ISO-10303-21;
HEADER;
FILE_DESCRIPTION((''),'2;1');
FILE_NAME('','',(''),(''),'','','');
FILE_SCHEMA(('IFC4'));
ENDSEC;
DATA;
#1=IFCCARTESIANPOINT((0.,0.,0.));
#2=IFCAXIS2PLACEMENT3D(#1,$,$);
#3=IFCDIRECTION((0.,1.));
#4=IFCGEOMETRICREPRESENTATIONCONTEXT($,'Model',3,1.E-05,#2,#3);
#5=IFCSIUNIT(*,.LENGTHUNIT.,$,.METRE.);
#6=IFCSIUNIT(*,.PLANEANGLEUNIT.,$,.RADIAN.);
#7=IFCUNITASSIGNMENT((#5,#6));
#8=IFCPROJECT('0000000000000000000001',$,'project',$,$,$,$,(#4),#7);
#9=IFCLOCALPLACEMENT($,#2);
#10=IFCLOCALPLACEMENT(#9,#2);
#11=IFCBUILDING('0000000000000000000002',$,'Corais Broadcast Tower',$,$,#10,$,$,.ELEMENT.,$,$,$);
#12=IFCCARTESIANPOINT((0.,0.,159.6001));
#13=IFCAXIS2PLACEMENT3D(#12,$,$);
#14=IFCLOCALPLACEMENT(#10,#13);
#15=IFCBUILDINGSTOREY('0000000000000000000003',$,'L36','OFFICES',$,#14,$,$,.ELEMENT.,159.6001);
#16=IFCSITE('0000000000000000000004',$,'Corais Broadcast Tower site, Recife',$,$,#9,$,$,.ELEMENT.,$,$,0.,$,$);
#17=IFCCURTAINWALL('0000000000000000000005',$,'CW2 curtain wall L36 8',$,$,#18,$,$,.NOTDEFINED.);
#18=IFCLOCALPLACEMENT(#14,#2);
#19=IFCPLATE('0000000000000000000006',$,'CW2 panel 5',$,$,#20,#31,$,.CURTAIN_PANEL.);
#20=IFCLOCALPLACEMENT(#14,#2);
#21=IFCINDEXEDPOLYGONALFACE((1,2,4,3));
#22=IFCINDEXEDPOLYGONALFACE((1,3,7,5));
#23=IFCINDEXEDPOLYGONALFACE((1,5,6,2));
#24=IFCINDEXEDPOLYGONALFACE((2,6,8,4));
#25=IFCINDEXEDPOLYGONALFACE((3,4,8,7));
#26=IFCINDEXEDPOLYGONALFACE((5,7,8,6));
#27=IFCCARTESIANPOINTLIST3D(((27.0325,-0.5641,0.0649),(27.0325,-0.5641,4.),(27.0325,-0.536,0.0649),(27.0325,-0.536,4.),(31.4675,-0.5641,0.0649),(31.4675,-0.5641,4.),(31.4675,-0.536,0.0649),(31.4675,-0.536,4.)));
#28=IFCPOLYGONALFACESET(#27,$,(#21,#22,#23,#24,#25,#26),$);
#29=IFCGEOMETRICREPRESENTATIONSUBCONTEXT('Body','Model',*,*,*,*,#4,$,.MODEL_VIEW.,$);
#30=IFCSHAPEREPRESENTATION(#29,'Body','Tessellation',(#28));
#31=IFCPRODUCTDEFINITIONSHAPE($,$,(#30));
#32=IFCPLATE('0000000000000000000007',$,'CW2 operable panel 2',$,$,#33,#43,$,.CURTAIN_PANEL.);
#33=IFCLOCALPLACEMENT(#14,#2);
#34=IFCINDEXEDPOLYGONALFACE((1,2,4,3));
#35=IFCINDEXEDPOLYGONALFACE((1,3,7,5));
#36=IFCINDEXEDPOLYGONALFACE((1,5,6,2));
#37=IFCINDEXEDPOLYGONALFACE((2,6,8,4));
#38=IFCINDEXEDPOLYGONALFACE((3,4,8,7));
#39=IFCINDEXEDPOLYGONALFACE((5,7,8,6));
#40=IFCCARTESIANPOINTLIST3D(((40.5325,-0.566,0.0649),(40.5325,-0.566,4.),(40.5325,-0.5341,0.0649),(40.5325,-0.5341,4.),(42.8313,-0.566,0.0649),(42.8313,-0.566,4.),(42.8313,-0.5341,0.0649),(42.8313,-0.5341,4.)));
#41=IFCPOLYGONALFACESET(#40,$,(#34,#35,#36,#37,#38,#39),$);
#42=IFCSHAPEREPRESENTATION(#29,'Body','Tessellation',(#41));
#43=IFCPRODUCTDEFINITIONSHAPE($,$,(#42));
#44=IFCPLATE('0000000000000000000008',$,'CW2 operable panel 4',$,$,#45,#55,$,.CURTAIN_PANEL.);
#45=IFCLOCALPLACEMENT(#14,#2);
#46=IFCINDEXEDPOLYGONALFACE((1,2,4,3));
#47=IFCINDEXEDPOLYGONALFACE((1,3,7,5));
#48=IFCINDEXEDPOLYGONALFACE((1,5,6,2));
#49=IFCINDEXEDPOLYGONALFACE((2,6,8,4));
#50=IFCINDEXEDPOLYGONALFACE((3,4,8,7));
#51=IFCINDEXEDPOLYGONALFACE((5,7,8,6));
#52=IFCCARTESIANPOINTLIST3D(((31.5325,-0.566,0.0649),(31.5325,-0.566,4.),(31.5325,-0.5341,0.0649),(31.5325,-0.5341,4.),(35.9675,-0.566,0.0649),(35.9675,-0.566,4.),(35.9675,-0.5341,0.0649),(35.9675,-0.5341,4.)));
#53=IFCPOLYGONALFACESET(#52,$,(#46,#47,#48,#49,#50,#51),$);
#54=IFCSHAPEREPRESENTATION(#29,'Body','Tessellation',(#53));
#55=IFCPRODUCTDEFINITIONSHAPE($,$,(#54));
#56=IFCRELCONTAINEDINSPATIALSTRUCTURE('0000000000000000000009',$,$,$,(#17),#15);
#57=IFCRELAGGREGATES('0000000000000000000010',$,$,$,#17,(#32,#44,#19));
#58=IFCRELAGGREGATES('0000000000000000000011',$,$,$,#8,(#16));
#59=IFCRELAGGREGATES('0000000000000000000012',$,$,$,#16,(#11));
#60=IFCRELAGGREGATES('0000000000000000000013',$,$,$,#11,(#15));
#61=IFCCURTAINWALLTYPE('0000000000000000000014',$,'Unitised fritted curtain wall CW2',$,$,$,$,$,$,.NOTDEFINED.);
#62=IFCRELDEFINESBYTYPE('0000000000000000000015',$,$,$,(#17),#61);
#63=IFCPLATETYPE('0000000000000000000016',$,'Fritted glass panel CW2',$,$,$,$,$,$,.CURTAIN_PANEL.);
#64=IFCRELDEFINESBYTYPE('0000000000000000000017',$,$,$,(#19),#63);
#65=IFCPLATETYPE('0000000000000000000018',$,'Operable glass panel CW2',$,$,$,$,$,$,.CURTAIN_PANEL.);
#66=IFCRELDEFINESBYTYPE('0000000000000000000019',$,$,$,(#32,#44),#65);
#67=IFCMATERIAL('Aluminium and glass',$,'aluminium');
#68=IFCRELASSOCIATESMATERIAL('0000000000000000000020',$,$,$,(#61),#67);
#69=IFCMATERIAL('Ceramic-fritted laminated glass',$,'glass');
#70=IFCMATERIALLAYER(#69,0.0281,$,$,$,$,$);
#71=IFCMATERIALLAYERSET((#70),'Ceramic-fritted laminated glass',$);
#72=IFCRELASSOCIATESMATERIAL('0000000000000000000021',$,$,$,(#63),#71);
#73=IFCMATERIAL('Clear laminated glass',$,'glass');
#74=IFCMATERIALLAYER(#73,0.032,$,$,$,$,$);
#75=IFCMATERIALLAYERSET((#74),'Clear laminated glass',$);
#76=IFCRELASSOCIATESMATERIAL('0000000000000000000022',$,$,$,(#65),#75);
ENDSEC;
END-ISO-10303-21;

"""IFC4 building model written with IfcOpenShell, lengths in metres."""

from ifc_helpers import new_model, si_unit, direction, frame, origin, origin_2d, place, context, subcontext, project, spatial, rectangle, extrude, material, layer, layer_set, type_object, element, aggregate, save


model = new_model("IFC4")

# Units and contexts
model_context = context("Model", 3, precision=1e-05, world=origin(), true_north=direction((0.0, 1.0)))
body_context = subcontext(model_context, "Body", "Model", "MODEL_VIEW")
ifc_project = project(units=[si_unit("LENGTHUNIT", "METRE"), si_unit("PLANEANGLEUNIT", "RADIAN")], contexts=[model_context])

# Site, building, storey
site_placement = place(None, origin())
site = spatial("IfcSite", under=ifc_project, at=site_placement, Name="Corais Broadcast Tower site, Recife", CompositionType="ELEMENT", RefElevation=0.0)
building_placement = place(site_placement, origin())
building = spatial("IfcBuilding", under=site, at=building_placement, Name="Corais Broadcast Tower", CompositionType="ELEMENT")
storey_placement = place(building_placement, frame((0.0, 0.0, 159.6001)))
storey = spatial("IfcBuildingStorey", under=building, at=storey_placement, Name="L36", Description="OFFICES", CompositionType="ELEMENT", Elevation=159.6001)

# Curtain wall
ifc_material_1 = material(Name="Aluminium and glass", Category="aluminium")
curtain_wall_type = type_object("IfcCurtainWallType", Name="Unitised fritted curtain wall CW2", PredefinedType="NOTDEFINED", material=ifc_material_1)
curtain_wall_placement = place(storey_placement, origin())
curtain_wall = element("IfcCurtainWall", 1, at=curtain_wall_placement, inside=storey, type_object=curtain_wall_type, Name="CW2 curtain wall L36 8", PredefinedType="NOTDEFINED")

# Plates
ifc_material_2 = material(Name="Ceramic-fritted laminated glass", Category="glass")
ifc_layer_1 = layer(ifc_material_2, 0.0281)
ifc_layer_set_1 = layer_set([ifc_layer_1], Name="Ceramic-fritted laminated glass")
plate_type_1 = type_object("IfcPlateType", Name="Fritted glass panel CW2", PredefinedType="CURTAIN_PANEL", material=ifc_layer_set_1)
plate_1_placement = place(storey_placement, frame((29.25, -0.55, 0.0649), z_axis=(0.0, 0.0, 1.0), x_axis=(-1.0, 0.0, 0.0)))
plate_1 = element("IfcPlate", 2, at=plate_1_placement, type_object=plate_type_1, Name="CW2 panel 5", PredefinedType="CURTAIN_PANEL", context=body_context, shape_type="SweptSolid", body=[
    extrude(rectangle(XDim=4.4351, YDim=0.0281, at=origin_2d()), origin(), (0.0, 0.0, 1.0), 3.9351),
])
ifc_material_3 = material(Name="Clear laminated glass", Category="glass")
ifc_layer_2 = layer(ifc_material_3, 0.032)
ifc_layer_set_2 = layer_set([ifc_layer_2], Name="Clear laminated glass")
plate_type_2 = type_object("IfcPlateType", Name="Operable glass panel CW2", PredefinedType="CURTAIN_PANEL", material=ifc_layer_set_2)
plate_2_placement = place(storey_placement, frame((41.6819, -0.55, 0.0649), z_axis=(0.0, 0.0, 1.0), x_axis=(-1.0, 0.0, 0.0)))
plate_2 = element("IfcPlate", 3, at=plate_2_placement, type_object=plate_type_2, Name="CW2 operable panel 2", PredefinedType="CURTAIN_PANEL", context=body_context, shape_type="SweptSolid", body=[
    extrude(rectangle(XDim=2.2988, YDim=0.032, at=origin_2d()), origin(), (0.0, 0.0, 1.0), 3.9351),
])
plate_3_placement = place(storey_placement, frame((33.75, -0.55, 0.0649), z_axis=(0.0, 0.0, 1.0), x_axis=(-1.0, 0.0, 0.0)))
plate_3 = element("IfcPlate", 4, at=plate_3_placement, type_object=plate_type_2, Name="CW2 operable panel 4", PredefinedType="CURTAIN_PANEL", context=body_context, shape_type="SweptSolid", body=[
    extrude(rectangle(XDim=4.4351, YDim=0.032, at=origin_2d()), origin(), (0.0, 0.0, 1.0), 3.9351),
])
aggregate(curtain_wall, [plate_2, plate_3, plate_1])

save(model, "model.ifc")
